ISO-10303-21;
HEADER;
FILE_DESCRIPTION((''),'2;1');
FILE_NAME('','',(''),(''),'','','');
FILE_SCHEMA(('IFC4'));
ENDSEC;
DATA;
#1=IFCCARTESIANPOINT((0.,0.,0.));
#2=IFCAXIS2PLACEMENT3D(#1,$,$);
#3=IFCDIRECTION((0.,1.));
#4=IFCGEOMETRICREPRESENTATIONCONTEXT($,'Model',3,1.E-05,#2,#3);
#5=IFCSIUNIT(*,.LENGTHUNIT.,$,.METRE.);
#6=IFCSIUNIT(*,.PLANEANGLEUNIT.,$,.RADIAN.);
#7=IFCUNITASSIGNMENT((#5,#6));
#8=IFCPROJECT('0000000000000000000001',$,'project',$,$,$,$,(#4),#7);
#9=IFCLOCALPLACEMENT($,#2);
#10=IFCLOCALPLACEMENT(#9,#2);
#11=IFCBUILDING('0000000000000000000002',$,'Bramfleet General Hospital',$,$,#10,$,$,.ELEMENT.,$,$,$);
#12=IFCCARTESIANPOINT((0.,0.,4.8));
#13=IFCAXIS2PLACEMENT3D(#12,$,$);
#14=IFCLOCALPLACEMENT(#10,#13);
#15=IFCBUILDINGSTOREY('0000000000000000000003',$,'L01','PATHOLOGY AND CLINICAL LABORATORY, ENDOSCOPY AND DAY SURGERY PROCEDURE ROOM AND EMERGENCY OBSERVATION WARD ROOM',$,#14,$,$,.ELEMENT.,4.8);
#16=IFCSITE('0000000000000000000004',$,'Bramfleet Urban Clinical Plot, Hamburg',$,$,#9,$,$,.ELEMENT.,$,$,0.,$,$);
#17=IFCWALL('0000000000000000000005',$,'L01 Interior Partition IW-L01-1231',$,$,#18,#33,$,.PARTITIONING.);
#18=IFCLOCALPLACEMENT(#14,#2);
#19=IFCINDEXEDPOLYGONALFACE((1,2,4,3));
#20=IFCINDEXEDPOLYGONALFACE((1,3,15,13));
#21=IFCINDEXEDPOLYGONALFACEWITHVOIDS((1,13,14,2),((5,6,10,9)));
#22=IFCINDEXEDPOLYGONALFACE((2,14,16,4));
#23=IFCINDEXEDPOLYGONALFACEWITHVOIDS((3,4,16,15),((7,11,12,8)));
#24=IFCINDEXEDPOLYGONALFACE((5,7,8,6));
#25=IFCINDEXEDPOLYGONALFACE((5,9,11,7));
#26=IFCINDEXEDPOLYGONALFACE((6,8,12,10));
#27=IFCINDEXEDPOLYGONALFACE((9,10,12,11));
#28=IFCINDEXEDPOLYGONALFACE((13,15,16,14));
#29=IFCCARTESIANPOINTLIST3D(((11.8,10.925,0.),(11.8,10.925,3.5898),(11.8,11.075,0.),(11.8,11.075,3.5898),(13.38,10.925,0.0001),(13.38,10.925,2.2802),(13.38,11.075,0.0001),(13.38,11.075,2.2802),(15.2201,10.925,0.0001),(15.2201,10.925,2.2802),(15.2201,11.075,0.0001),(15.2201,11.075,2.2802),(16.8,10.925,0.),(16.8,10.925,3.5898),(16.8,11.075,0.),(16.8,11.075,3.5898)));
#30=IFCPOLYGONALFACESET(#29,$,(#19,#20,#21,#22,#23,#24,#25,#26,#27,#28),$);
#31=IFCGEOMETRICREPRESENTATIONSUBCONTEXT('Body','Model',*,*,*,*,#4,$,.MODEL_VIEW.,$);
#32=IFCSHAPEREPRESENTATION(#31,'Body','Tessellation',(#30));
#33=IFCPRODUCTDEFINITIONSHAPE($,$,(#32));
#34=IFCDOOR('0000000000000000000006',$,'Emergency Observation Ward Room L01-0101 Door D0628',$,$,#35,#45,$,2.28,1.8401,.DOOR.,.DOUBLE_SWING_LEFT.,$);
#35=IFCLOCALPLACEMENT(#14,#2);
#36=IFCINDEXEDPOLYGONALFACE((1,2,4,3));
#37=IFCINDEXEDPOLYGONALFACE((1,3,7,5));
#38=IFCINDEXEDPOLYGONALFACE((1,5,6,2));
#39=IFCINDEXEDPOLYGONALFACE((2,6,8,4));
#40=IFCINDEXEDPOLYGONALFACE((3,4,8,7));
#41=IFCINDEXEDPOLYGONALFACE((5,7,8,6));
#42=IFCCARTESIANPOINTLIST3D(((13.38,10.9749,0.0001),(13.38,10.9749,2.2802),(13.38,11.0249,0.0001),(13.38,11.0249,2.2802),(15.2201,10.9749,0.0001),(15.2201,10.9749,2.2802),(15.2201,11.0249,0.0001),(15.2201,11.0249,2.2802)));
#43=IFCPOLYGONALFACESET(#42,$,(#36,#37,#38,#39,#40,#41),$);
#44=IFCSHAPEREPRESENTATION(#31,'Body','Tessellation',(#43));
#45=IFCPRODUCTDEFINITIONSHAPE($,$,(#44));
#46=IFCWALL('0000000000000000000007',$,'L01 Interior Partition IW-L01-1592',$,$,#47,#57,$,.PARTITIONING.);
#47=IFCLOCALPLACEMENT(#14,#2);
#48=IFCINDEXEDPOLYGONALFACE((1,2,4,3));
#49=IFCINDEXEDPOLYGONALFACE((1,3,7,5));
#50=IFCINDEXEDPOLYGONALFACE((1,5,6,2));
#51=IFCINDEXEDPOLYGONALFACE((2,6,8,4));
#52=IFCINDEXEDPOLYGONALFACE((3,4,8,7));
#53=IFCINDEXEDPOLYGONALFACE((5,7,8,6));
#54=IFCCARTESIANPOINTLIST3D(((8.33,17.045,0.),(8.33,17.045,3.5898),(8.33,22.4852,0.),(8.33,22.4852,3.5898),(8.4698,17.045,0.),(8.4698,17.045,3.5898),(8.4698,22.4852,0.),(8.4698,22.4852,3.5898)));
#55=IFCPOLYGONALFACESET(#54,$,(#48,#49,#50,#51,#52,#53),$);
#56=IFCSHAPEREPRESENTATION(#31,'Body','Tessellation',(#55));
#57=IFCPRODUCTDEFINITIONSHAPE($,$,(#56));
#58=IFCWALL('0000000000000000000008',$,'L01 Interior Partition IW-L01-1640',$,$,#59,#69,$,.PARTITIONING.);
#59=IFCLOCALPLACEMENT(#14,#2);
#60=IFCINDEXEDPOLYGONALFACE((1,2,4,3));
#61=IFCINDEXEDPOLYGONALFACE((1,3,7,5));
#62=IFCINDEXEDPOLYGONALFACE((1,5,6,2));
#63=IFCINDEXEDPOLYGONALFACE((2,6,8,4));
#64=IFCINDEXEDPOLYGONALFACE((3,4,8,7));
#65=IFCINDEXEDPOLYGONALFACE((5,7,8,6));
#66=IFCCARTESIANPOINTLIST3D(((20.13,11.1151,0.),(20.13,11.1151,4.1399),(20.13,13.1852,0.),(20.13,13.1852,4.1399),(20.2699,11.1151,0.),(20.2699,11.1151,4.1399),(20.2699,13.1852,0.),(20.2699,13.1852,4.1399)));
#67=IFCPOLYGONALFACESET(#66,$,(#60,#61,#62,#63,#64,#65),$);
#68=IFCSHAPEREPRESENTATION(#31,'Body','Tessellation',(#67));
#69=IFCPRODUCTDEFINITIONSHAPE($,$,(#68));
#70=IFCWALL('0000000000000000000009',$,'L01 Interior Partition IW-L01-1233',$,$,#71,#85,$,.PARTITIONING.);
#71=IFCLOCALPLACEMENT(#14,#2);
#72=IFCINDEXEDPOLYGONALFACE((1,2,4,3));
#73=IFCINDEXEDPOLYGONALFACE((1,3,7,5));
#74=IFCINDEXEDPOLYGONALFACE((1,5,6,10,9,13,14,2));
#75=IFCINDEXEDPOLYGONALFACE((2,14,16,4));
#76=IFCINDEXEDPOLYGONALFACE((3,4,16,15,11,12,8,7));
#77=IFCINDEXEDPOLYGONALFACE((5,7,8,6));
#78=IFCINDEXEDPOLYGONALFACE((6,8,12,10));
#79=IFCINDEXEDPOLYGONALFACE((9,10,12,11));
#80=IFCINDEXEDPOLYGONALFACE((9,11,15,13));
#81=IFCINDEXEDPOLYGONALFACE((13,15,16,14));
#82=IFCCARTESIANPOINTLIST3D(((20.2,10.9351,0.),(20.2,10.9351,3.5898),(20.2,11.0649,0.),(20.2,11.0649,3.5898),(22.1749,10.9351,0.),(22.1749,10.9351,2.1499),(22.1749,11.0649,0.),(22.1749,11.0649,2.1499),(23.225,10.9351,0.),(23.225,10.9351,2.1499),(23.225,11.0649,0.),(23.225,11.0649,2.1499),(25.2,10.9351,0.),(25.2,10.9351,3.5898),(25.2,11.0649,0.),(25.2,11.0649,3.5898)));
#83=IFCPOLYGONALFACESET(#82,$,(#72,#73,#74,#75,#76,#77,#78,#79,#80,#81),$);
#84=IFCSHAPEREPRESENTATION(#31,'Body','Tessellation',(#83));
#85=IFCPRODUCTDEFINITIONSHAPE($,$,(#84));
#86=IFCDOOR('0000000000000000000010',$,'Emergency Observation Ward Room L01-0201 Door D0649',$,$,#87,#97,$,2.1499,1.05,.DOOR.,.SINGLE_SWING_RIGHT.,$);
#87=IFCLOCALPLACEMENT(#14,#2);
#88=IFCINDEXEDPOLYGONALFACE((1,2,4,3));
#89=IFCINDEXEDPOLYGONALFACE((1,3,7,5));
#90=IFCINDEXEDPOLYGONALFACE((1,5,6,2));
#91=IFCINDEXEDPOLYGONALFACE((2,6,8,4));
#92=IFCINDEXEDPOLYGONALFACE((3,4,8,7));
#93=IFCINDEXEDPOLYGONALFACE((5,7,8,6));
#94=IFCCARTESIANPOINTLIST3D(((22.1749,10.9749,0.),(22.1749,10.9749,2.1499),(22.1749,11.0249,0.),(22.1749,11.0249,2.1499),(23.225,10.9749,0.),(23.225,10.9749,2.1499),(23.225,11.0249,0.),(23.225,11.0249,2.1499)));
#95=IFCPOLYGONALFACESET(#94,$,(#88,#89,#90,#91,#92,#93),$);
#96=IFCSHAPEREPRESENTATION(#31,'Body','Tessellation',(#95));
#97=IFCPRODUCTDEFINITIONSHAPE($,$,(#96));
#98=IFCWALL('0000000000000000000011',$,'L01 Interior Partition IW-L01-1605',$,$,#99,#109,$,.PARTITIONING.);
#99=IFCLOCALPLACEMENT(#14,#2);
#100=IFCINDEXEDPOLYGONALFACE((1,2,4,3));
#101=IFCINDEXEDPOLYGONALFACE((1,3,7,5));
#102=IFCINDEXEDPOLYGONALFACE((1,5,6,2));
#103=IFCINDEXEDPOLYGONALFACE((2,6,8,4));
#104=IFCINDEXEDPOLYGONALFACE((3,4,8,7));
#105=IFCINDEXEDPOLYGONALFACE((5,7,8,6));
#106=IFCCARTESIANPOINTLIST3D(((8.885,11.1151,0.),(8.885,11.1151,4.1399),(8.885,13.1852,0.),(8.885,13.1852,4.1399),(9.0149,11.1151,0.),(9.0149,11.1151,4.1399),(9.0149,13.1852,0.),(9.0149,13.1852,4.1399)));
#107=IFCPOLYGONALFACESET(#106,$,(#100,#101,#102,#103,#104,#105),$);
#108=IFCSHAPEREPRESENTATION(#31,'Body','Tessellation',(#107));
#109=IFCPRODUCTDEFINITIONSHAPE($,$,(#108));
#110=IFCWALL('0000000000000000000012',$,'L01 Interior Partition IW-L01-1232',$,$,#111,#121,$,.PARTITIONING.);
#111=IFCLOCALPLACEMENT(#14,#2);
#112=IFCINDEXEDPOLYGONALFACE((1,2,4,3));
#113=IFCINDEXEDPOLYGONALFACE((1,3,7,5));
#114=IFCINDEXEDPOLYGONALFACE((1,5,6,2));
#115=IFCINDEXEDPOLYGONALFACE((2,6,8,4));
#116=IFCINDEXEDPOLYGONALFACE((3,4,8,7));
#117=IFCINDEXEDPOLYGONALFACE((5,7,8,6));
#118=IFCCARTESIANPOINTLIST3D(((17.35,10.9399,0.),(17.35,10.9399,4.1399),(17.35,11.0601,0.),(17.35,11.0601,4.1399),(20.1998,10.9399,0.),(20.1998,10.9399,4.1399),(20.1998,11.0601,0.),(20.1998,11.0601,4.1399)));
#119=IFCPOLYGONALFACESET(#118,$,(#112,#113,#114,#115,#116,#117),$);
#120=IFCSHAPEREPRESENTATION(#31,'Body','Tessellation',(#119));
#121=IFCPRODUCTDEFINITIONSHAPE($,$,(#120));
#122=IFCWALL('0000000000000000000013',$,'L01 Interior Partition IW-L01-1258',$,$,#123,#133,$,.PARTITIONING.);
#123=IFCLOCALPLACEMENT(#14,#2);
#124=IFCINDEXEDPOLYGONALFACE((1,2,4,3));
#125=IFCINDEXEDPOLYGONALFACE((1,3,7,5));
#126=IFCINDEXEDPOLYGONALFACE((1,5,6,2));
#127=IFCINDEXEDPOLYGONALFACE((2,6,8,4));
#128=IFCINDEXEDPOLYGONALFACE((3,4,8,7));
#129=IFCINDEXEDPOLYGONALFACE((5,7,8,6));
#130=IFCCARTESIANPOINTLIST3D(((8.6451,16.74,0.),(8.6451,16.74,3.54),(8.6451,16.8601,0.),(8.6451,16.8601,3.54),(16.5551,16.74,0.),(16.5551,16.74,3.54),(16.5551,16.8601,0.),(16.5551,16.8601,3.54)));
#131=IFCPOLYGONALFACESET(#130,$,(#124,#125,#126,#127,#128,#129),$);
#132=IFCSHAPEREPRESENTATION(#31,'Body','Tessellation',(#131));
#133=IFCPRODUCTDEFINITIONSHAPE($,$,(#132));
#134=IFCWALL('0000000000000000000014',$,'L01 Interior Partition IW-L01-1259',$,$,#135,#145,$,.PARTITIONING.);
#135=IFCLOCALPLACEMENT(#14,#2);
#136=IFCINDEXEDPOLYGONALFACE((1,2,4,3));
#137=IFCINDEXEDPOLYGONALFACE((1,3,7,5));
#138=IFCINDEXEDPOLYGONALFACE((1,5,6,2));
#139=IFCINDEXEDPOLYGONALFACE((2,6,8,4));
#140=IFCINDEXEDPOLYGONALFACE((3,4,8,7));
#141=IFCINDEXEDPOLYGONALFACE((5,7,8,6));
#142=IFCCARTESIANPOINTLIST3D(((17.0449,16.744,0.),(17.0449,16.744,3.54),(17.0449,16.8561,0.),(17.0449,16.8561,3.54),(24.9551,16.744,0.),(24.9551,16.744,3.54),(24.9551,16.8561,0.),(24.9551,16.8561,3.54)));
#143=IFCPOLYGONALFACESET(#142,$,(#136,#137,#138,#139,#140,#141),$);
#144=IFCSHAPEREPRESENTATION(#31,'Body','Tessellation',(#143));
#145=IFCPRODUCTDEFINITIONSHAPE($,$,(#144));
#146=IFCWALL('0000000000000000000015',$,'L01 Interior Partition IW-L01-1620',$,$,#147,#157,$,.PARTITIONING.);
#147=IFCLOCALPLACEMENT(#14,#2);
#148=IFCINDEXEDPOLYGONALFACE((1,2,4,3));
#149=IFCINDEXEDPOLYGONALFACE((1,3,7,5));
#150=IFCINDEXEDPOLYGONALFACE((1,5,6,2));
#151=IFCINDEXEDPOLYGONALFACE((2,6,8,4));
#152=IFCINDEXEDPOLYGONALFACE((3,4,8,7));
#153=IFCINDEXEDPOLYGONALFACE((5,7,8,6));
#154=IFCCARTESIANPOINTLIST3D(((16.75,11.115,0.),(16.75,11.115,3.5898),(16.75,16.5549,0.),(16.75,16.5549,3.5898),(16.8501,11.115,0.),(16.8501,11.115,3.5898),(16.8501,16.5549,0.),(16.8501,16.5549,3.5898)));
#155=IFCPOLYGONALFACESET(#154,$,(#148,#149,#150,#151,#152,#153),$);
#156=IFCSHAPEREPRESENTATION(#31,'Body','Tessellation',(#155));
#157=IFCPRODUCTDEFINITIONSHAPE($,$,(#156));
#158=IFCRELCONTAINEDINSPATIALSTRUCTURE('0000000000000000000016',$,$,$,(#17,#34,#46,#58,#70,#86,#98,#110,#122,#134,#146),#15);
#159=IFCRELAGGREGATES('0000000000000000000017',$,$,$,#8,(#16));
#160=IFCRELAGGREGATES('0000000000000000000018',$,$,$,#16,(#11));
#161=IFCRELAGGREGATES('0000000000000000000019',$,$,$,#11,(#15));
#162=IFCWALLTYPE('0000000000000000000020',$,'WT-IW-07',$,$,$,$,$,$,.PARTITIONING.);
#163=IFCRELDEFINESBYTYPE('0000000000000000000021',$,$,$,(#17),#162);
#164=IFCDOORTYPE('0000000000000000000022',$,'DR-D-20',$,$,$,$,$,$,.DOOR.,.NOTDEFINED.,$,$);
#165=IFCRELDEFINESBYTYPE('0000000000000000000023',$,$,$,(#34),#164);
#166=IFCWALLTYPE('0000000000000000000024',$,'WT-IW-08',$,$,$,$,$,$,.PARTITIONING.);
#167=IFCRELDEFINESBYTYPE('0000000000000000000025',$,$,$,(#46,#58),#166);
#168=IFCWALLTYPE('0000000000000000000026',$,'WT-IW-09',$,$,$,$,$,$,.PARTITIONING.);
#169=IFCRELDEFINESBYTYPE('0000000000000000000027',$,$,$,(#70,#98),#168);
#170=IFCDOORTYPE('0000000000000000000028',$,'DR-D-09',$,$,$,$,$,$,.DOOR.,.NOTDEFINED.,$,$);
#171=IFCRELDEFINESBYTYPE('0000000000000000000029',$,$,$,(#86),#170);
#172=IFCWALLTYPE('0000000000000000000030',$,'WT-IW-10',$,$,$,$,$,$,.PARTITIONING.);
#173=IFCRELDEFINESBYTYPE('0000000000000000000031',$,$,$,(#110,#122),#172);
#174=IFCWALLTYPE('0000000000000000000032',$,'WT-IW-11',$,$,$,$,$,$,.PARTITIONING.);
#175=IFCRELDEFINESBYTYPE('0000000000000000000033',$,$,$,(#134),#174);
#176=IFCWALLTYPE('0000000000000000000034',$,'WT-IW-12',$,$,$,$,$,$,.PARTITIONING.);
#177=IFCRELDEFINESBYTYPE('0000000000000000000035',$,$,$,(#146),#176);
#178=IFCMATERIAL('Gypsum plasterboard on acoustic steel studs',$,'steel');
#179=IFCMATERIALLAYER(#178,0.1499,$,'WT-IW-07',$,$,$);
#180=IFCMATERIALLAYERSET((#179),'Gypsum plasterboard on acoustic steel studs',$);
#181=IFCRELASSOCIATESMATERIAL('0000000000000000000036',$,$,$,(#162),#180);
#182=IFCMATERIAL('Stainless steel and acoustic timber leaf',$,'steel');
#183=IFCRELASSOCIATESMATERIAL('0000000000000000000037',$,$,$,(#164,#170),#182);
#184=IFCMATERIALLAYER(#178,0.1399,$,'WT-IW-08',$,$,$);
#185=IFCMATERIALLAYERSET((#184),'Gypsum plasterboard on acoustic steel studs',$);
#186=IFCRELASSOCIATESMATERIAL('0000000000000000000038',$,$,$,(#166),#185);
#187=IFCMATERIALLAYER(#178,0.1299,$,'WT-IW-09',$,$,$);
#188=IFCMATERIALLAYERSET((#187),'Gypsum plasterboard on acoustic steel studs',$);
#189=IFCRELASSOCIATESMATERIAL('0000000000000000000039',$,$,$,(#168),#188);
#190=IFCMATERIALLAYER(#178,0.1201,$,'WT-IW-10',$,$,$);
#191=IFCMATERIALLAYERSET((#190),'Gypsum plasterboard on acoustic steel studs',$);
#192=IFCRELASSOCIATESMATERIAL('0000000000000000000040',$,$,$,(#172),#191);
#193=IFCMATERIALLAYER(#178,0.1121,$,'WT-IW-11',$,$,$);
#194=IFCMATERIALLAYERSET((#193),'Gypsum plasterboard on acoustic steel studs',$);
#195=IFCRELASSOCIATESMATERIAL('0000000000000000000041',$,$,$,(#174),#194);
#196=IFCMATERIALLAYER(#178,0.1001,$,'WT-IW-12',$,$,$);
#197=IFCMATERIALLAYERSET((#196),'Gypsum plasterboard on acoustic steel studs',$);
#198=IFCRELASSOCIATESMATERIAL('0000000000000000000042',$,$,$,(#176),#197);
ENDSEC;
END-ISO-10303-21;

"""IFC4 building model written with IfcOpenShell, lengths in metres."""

from ifc_helpers import new_model, si_unit, direction, frame, frame_2d, origin, place, context, subcontext, project, spatial, rectangle, extrude, material, layer, layer_set, type_object, element, fill, save


model = new_model("IFC4")

# Units and contexts
model_context = context("Model", 3, precision=1e-05, world=origin(), true_north=direction((0.0, 1.0)))
body_context = subcontext(model_context, "Body", "Model", "MODEL_VIEW")
ifc_project = project(units=[si_unit("LENGTHUNIT", "METRE"), si_unit("PLANEANGLEUNIT", "RADIAN")], contexts=[model_context])

# Site, building, storey
site_placement = place(None, origin())
site = spatial("IfcSite", under=ifc_project, at=site_placement, Name="Bramfleet Urban Clinical Plot, Hamburg", CompositionType="ELEMENT", RefElevation=0.0)
building_placement = place(site_placement, origin())
building = spatial("IfcBuilding", under=site, at=building_placement, Name="Bramfleet General Hospital", CompositionType="ELEMENT")
storey_placement = place(building_placement, frame((0.0, 0.0, 4.8)))
storey = spatial("IfcBuildingStorey", under=building, at=storey_placement, Name="L01", Description="PATHOLOGY AND CLINICAL LABORATORY, ENDOSCOPY AND DAY SURGERY PROCEDURE ROOM AND EMERGENCY OBSERVATION WARD ROOM", CompositionType="ELEMENT", Elevation=4.8)

# Shared definitions
ifc_material_1 = material(Name="Gypsum plasterboard on acoustic steel studs", Category="steel")
ifc_material_2 = material(Name="Stainless steel and acoustic timber leaf", Category="steel")

# Wall, opening, door
ifc_layer_1 = layer(ifc_material_1, 0.1499, Name="WT-IW-07")
ifc_layer_set_1 = layer_set([ifc_layer_1], Name="Gypsum plasterboard on acoustic steel studs")
wall_type_1 = type_object("IfcWallType", Name="WT-IW-07", PredefinedType="PARTITIONING", material=ifc_layer_set_1)
wall_1_placement = place(storey_placement, frame((11.8, 11.0, 0.0), z_axis=(0.0, 0.0, 1.0), x_axis=(1.0, 0.0, 0.0)))
wall_1 = element("IfcWall", 1, at=wall_1_placement, inside=storey, type_object=wall_type_1, Name="L01 Interior Partition IW-L01-1231", PredefinedType="PARTITIONING", context=body_context, shape_type="SweptSolid", body=[
    extrude(rectangle(XDim=5.0, YDim=0.1499, at=frame_2d((2.5, 0.0))), origin(), (0.0, 0.0, 1.0), 3.5898),
])
opening_1_placement = place(wall_1_placement, frame((1.5801, 0.0, 0.0)))
opening_1 = element("IfcOpeningElement", 2, at=opening_1_placement, cuts=wall_1, PredefinedType="OPENING", context=body_context, shape_type="SweptSolid", body=[
    extrude(rectangle(XDim=1.8401, YDim=2.28, at=frame_2d((0.9199, 1.1401))), frame((0.0, 0.085, 0.0), z_axis=(0.0, -1.0, 0.0), x_axis=(1.0, 0.0, 0.0)), (0.0, 0.0, 1.0), 0.1699),
])
door_type_1 = type_object("IfcDoorType", Name="DR-D-20", OperationType="NOTDEFINED", PredefinedType="DOOR", material=ifc_material_2)
door_1_placement = place(opening_1_placement, origin())
door_1 = element("IfcDoor", 3, at=door_1_placement, inside=storey, type_object=door_type_1, Name="Emergency Observation Ward Room L01-0101 Door D0628", OperationType="DOUBLE_SWING_LEFT", OverallHeight=2.28, OverallWidth=1.8401, PredefinedType="DOOR", context=body_context, shape_type="SweptSolid", body=[
    extrude(rectangle(XDim=1.8401, YDim=2.28, at=frame_2d((0.9199, 1.1401))), frame((0.0, 0.0249, 0.0), z_axis=(0.0, -1.0, 0.0), x_axis=(1.0, 0.0, 0.0)), (0.0, 0.0, 1.0), 0.05),
])
fill(opening_1, door_1)

# Walls
ifc_layer_2 = layer(ifc_material_1, 0.1399, Name="WT-IW-08")
ifc_layer_set_2 = layer_set([ifc_layer_2], Name="Gypsum plasterboard on acoustic steel studs")
wall_type_2 = type_object("IfcWallType", Name="WT-IW-08", PredefinedType="PARTITIONING", material=ifc_layer_set_2)
wall_2_placement = place(storey_placement, frame((8.3999, 17.0449, 0.0), z_axis=(0.0, 0.0, 1.0), x_axis=(0.0, 1.0, 0.0)))
element("IfcWall", 4, at=wall_2_placement, inside=storey, type_object=wall_type_2, Name="L01 Interior Partition IW-L01-1592", PredefinedType="PARTITIONING", context=body_context, shape_type="SweptSolid", body=[
    extrude(rectangle(XDim=5.4402, YDim=0.1399, at=frame_2d((2.7202, 0.0))), origin(), (0.0, 0.0, 1.0), 3.5898),
])
wall_3_placement = place(storey_placement, frame((20.2, 11.115, 0.0), z_axis=(0.0, 0.0, 1.0), x_axis=(0.0, 1.0, 0.0)))
element("IfcWall", 5, at=wall_3_placement, inside=storey, type_object=wall_type_2, Name="L01 Interior Partition IW-L01-1640", PredefinedType="PARTITIONING", context=body_context, shape_type="SweptSolid", body=[
    extrude(rectangle(XDim=2.0701, YDim=0.1399, at=frame_2d((1.0352, 0.0))), origin(), (0.0, 0.0, 1.0), 4.1399),
])

# Wall, opening, door
ifc_layer_3 = layer(ifc_material_1, 0.1299, Name="WT-IW-09")
ifc_layer_set_3 = layer_set([ifc_layer_3], Name="Gypsum plasterboard on acoustic steel studs")
wall_type_3 = type_object("IfcWallType", Name="WT-IW-09", PredefinedType="PARTITIONING", material=ifc_layer_set_3)
wall_4_placement = place(storey_placement, frame((20.2, 11.0, 0.0), z_axis=(0.0, 0.0, 1.0), x_axis=(1.0, 0.0, 0.0)))
wall_4 = element("IfcWall", 6, at=wall_4_placement, inside=storey, type_object=wall_type_3, Name="L01 Interior Partition IW-L01-1233", PredefinedType="PARTITIONING", context=body_context, shape_type="SweptSolid", body=[
    extrude(rectangle(XDim=5.0, YDim=0.1299, at=frame_2d((2.5, 0.0))), origin(), (0.0, 0.0, 1.0), 3.5898),
])
opening_2_placement = place(wall_4_placement, frame((1.9751, 0.0, 0.0)))
opening_2 = element("IfcOpeningElement", 7, at=opening_2_placement, cuts=wall_4, PredefinedType="OPENING", context=body_context, shape_type="SweptSolid", body=[
    extrude(rectangle(XDim=1.05, YDim=2.1499, at=frame_2d((0.5249, 1.075))), frame((0.0, 0.075, 0.0), z_axis=(0.0, -1.0, 0.0), x_axis=(1.0, 0.0, 0.0)), (0.0, 0.0, 1.0), 0.1499),
])
door_type_2 = type_object("IfcDoorType", Name="DR-D-09", OperationType="NOTDEFINED", PredefinedType="DOOR", material=ifc_material_2)
door_2_placement = place(opening_2_placement, origin())
door_2 = element("IfcDoor", 8, at=door_2_placement, inside=storey, type_object=door_type_2, Name="Emergency Observation Ward Room L01-0201 Door D0649", OperationType="SINGLE_SWING_RIGHT", OverallHeight=2.1499, OverallWidth=1.05, PredefinedType="DOOR", context=body_context, shape_type="SweptSolid", body=[
    extrude(rectangle(XDim=1.05, YDim=2.1499, at=frame_2d((0.5249, 1.075))), frame((0.0, 0.0249, 0.0), z_axis=(0.0, -1.0, 0.0), x_axis=(1.0, 0.0, 0.0)), (0.0, 0.0, 1.0), 0.05),
])
fill(opening_2, door_2)

# Walls
wall_5_placement = place(storey_placement, frame((8.95, 11.115, 0.0), z_axis=(0.0, 0.0, 1.0), x_axis=(0.0, 1.0, 0.0)))
element("IfcWall", 9, at=wall_5_placement, inside=storey, type_object=wall_type_3, Name="L01 Interior Partition IW-L01-1605", PredefinedType="PARTITIONING", context=body_context, shape_type="SweptSolid", body=[
    extrude(rectangle(XDim=2.0701, YDim=0.1299, at=frame_2d((1.0352, 0.0))), origin(), (0.0, 0.0, 1.0), 4.1399),
])
ifc_layer_4 = layer(ifc_material_1, 0.1201, Name="WT-IW-10")
ifc_layer_set_4 = layer_set([ifc_layer_4], Name="Gypsum plasterboard on acoustic steel studs")
wall_type_4 = type_object("IfcWallType", Name="WT-IW-10", PredefinedType="PARTITIONING", material=ifc_layer_set_4)
wall_6_placement = place(storey_placement, frame((17.3501, 11.0, 0.0), z_axis=(0.0, 0.0, 1.0), x_axis=(1.0, 0.0, 0.0)))
element("IfcWall", 10, at=wall_6_placement, inside=storey, type_object=wall_type_4, Name="L01 Interior Partition IW-L01-1232", PredefinedType="PARTITIONING", context=body_context, shape_type="SweptSolid", body=[
    extrude(rectangle(XDim=2.8499, YDim=0.1201, at=frame_2d((1.4248, 0.0))), origin(), (0.0, 0.0, 1.0), 4.1399),
])
wall_7_placement = place(storey_placement, frame((8.645, 16.8, 0.0), z_axis=(0.0, 0.0, 1.0), x_axis=(1.0, 0.0, 0.0)))
element("IfcWall", 11, at=wall_7_placement, inside=storey, type_object=wall_type_4, Name="L01 Interior Partition IW-L01-1258", PredefinedType="PARTITIONING", context=body_context, shape_type="SweptSolid", body=[
    extrude(rectangle(XDim=7.9099, YDim=0.1201, at=frame_2d((3.9551, 0.0))), origin(), (0.0, 0.0, 1.0), 3.54),
])
ifc_layer_5 = layer(ifc_material_1, 0.1121, Name="WT-IW-11")
ifc_layer_set_5 = layer_set([ifc_layer_5], Name="Gypsum plasterboard on acoustic steel studs")
wall_type_5 = type_object("IfcWallType", Name="WT-IW-11", PredefinedType="PARTITIONING", material=ifc_layer_set_5)
wall_8_placement = place(storey_placement, frame((17.0449, 16.8, 0.0), z_axis=(0.0, 0.0, 1.0), x_axis=(1.0, 0.0, 0.0)))
element("IfcWall", 12, at=wall_8_placement, inside=storey, type_object=wall_type_5, Name="L01 Interior Partition IW-L01-1259", PredefinedType="PARTITIONING", context=body_context, shape_type="SweptSolid", body=[
    extrude(rectangle(XDim=7.9102, YDim=0.1121, at=frame_2d((3.9551, 0.0))), origin(), (0.0, 0.0, 1.0), 3.54),
])
ifc_layer_6 = layer(ifc_material_1, 0.1001, Name="WT-IW-12")
ifc_layer_set_6 = layer_set([ifc_layer_6], Name="Gypsum plasterboard on acoustic steel studs")
wall_type_6 = type_object("IfcWallType", Name="WT-IW-12", PredefinedType="PARTITIONING", material=ifc_layer_set_6)
wall_9_placement = place(storey_placement, frame((16.8, 11.115, 0.0), z_axis=(0.0, 0.0, 1.0), x_axis=(0.0, 1.0, 0.0)))
element("IfcWall", 13, at=wall_9_placement, inside=storey, type_object=wall_type_6, Name="L01 Interior Partition IW-L01-1620", PredefinedType="PARTITIONING", context=body_context, shape_type="SweptSolid", body=[
    extrude(rectangle(XDim=5.4399, YDim=0.1001, at=frame_2d((2.72, 0.0))), origin(), (0.0, 0.0, 1.0), 3.5898),
])

save(model, "model.ifc")
